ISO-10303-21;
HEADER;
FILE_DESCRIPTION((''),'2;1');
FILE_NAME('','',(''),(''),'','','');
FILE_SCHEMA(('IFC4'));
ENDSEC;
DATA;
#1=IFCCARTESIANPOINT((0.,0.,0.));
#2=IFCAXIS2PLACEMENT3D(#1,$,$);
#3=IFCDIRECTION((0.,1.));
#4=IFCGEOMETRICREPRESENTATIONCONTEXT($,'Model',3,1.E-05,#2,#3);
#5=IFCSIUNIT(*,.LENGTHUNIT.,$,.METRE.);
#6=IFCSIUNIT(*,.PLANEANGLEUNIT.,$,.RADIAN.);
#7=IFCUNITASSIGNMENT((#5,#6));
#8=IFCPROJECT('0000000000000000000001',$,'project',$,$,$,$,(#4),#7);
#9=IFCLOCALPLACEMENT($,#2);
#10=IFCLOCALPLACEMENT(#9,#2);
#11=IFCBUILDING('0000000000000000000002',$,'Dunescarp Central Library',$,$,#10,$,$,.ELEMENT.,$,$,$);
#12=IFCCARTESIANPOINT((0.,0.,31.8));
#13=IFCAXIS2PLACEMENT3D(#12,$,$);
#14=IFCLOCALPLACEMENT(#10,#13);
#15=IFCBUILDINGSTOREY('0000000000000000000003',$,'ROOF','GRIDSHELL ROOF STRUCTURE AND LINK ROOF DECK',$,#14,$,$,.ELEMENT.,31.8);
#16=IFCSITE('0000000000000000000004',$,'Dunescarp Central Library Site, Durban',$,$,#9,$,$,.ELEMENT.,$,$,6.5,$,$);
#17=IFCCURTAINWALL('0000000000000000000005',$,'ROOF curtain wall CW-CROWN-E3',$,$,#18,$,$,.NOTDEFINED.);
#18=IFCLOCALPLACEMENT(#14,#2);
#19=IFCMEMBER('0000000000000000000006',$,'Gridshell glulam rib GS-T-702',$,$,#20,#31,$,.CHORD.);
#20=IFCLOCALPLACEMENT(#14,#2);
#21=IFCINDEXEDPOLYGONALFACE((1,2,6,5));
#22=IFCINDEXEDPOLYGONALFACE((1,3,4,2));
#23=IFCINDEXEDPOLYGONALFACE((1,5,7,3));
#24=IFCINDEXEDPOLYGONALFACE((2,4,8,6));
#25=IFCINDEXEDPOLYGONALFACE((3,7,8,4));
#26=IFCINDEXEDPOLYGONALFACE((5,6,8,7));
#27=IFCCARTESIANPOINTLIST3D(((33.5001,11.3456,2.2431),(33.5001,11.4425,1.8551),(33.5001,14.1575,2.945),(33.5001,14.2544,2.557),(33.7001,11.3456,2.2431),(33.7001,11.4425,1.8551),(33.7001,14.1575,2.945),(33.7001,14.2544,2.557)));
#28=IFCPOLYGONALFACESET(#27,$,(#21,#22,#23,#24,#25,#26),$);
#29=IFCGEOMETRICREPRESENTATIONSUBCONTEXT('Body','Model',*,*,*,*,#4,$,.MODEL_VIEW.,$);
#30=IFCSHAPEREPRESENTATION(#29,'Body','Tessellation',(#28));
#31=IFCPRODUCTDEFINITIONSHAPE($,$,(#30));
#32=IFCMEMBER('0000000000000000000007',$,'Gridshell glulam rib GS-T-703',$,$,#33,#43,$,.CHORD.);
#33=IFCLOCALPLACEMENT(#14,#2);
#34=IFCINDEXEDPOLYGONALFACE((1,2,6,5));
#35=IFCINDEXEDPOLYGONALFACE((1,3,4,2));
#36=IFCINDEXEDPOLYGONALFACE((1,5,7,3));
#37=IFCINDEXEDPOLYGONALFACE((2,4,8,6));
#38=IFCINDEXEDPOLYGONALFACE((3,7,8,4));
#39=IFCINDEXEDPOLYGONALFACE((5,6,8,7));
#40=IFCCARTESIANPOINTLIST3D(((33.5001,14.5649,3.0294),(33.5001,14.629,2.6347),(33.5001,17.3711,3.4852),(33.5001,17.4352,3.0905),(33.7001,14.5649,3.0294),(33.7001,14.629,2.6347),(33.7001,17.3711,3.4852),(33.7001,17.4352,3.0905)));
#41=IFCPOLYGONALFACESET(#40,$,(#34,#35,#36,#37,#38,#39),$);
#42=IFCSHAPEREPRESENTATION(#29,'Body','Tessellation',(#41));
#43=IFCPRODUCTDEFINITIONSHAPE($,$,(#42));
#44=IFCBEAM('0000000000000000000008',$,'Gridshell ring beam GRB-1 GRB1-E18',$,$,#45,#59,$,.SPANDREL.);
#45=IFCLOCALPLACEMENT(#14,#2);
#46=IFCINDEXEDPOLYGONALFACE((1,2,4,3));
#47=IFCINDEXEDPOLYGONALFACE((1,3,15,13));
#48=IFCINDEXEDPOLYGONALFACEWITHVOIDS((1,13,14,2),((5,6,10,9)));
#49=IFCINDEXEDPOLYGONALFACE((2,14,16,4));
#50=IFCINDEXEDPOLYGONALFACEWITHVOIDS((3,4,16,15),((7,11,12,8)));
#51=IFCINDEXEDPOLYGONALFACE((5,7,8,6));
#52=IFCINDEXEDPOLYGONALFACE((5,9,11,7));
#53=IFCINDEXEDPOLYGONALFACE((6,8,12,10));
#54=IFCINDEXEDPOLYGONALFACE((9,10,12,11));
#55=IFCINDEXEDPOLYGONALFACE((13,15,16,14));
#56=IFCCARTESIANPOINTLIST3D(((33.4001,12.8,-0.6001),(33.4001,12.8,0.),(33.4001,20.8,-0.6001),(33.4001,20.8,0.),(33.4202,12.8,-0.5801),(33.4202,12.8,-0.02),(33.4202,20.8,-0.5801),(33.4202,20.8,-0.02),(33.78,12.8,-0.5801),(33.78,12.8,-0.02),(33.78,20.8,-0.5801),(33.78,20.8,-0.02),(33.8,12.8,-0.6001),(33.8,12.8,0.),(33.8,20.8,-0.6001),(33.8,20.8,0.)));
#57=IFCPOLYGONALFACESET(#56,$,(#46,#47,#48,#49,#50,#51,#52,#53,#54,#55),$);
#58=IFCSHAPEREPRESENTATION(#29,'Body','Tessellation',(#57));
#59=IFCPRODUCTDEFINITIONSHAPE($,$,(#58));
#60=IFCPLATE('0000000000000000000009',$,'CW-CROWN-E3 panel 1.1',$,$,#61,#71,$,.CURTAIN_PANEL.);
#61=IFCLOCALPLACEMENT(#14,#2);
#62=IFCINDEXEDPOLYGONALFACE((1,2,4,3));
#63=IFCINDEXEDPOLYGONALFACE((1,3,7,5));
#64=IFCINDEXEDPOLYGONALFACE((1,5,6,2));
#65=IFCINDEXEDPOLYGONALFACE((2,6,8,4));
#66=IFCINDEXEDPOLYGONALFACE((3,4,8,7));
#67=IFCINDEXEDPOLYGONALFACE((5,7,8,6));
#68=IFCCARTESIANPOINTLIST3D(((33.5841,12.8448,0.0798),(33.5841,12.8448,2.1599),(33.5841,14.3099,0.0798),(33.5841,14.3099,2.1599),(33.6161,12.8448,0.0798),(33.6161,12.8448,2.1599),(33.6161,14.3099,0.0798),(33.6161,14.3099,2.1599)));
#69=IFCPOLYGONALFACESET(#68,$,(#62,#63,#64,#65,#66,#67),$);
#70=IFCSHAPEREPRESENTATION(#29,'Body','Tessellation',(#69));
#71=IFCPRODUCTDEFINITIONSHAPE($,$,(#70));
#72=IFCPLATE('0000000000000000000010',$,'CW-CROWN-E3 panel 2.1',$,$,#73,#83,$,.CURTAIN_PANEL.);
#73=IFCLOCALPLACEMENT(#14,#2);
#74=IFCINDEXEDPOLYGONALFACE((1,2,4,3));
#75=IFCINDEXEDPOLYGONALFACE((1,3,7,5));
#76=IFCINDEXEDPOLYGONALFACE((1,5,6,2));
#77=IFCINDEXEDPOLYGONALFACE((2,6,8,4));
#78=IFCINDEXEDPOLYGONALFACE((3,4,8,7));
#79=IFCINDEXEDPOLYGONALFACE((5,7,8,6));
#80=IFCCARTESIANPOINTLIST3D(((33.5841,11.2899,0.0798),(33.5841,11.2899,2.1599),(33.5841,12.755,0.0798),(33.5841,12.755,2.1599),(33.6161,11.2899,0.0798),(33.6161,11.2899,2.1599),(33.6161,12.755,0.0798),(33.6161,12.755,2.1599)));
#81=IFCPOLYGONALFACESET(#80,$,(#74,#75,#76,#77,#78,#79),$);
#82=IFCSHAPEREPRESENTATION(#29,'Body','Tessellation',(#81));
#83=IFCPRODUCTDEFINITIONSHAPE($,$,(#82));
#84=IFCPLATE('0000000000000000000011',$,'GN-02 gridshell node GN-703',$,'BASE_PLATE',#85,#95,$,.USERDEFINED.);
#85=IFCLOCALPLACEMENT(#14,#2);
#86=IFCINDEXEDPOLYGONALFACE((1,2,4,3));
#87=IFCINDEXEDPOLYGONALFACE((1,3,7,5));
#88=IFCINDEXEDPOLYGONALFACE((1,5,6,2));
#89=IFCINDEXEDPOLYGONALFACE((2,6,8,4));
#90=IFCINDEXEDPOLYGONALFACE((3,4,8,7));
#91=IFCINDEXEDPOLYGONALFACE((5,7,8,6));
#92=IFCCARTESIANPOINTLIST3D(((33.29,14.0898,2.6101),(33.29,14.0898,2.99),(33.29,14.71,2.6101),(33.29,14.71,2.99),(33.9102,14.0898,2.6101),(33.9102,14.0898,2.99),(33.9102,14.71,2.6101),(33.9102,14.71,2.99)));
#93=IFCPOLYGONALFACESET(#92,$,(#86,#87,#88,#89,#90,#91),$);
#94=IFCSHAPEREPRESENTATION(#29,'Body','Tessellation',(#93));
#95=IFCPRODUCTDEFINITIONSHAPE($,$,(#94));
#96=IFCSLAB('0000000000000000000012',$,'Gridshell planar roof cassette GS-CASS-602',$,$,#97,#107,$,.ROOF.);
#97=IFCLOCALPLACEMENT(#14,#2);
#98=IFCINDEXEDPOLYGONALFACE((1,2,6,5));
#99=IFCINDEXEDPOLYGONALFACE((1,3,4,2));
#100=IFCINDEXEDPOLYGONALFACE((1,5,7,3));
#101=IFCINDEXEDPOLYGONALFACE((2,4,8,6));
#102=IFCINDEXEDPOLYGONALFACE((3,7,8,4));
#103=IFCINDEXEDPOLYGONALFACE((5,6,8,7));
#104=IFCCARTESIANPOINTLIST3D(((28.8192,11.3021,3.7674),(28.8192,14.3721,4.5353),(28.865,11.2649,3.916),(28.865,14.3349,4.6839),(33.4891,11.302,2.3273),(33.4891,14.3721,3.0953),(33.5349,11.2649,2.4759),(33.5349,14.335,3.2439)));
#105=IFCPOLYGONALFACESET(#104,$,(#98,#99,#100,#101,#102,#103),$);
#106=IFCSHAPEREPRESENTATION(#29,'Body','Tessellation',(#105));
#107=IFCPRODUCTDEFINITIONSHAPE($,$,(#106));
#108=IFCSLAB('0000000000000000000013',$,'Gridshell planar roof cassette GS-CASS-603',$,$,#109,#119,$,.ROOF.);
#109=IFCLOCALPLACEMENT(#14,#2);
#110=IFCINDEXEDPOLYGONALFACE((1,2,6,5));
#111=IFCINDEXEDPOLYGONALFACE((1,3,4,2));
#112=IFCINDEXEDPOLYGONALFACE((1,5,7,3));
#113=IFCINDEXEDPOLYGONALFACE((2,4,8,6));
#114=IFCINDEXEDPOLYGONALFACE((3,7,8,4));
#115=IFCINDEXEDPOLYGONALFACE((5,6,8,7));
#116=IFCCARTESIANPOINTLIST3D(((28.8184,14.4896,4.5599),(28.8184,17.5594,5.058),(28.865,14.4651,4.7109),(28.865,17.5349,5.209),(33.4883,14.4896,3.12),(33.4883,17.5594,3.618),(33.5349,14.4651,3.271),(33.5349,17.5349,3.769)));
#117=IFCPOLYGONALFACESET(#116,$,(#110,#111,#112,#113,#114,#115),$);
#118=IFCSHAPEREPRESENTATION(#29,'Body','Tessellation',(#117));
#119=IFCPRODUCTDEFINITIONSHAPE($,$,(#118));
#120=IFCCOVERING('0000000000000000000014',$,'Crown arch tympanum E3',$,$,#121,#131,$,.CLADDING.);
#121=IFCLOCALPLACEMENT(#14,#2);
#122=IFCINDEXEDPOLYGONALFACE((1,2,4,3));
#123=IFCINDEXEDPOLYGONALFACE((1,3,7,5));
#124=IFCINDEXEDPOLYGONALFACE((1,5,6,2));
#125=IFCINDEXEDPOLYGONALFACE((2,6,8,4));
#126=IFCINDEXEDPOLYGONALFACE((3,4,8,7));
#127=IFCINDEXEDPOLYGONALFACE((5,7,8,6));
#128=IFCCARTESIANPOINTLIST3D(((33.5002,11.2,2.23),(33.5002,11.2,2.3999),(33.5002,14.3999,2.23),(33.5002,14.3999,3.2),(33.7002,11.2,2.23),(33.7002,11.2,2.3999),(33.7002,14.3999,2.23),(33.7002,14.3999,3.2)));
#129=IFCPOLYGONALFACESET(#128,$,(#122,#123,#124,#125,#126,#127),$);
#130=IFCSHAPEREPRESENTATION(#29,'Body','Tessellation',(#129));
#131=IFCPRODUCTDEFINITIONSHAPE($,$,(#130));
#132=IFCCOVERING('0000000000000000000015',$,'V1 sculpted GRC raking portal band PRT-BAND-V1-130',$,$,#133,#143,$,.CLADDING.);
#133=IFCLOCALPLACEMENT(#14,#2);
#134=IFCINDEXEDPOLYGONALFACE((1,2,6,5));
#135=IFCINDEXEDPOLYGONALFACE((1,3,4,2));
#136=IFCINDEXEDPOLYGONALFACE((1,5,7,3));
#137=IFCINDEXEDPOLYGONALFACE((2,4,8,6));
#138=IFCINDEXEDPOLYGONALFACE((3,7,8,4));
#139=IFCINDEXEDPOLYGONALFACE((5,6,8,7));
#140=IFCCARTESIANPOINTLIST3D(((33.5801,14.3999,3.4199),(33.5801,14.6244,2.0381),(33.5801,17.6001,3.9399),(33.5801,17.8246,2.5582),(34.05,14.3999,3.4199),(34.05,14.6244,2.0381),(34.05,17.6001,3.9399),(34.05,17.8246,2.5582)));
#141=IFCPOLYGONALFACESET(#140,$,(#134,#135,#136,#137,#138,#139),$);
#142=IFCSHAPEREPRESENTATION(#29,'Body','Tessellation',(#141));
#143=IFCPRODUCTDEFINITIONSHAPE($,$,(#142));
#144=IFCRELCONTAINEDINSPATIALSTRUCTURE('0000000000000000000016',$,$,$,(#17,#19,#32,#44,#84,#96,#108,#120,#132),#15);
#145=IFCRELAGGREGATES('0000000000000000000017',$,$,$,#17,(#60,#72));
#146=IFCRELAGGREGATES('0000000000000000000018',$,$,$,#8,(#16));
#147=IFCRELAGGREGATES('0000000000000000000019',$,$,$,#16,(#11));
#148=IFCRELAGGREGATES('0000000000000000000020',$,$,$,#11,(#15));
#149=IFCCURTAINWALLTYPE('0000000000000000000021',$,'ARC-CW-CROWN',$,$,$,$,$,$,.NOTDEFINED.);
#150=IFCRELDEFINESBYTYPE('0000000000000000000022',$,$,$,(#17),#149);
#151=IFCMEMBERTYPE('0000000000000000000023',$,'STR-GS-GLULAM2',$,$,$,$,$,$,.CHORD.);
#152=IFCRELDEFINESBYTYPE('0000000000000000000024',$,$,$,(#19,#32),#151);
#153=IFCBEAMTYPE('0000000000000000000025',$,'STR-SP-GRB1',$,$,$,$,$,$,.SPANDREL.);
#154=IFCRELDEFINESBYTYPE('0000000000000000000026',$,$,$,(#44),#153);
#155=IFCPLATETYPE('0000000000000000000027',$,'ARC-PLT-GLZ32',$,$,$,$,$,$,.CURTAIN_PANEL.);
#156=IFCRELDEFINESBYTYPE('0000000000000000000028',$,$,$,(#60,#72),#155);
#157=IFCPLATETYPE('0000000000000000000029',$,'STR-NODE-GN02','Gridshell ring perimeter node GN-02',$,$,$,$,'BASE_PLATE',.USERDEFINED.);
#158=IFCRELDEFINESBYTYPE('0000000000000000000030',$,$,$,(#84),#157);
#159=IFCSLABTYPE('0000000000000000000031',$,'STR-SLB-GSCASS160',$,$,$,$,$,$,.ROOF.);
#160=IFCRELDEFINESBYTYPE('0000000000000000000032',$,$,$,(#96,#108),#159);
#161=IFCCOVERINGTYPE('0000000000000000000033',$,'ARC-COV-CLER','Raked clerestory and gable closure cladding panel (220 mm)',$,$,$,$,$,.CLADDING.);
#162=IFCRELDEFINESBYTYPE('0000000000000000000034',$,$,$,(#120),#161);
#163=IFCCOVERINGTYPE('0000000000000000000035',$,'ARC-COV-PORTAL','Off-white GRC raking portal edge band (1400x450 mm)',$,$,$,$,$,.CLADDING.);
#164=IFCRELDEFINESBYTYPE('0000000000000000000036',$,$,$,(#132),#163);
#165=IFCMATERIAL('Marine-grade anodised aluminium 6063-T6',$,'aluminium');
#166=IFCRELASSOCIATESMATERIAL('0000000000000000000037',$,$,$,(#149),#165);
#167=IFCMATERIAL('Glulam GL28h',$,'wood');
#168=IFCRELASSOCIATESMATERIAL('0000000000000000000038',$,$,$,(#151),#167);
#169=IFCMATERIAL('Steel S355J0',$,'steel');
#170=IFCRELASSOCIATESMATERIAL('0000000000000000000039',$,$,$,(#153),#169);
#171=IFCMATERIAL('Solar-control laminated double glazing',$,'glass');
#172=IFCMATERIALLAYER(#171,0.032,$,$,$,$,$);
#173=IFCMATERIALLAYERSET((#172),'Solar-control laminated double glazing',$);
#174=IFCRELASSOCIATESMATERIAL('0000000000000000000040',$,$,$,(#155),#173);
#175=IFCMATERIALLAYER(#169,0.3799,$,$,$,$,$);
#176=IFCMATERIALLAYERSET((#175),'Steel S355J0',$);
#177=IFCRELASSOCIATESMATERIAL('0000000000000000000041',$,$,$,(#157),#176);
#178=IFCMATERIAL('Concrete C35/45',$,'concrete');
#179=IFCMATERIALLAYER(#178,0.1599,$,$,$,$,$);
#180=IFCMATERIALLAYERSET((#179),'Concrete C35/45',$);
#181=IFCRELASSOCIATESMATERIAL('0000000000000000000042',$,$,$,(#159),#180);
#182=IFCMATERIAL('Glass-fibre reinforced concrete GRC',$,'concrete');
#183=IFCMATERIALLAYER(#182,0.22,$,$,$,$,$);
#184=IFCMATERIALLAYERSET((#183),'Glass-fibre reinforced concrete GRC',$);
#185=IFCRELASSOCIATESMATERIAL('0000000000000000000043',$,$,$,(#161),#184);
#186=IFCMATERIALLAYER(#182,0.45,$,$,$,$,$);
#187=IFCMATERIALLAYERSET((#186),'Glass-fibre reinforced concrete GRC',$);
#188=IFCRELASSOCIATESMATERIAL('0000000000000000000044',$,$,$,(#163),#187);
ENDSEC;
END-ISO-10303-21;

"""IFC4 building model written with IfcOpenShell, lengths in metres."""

from ifc_helpers import new_model, si_unit, direction, frame, origin, origin_2d, place, context, subcontext, project, spatial, polyline, rectangle, hollow_rectangle, outline, extrude, material, layer, layer_set, material_profile, profile_set, type_object, element, aggregate, save


model = new_model("IFC4")

# Units and contexts
model_context = context("Model", 3, precision=1e-05, world=origin(), true_north=direction((0.0, 1.0)))
body_context = subcontext(model_context, "Body", "Model", "MODEL_VIEW")
ifc_project = project(units=[si_unit("LENGTHUNIT", "METRE"), si_unit("PLANEANGLEUNIT", "RADIAN")], contexts=[model_context])

# Site, building, storey
site_placement = place(None, origin())
site = spatial("IfcSite", under=ifc_project, at=site_placement, Name="Dunescarp Central Library Site, Durban", CompositionType="ELEMENT", RefElevation=6.5)
building_placement = place(site_placement, origin())
building = spatial("IfcBuilding", under=site, at=building_placement, Name="Dunescarp Central Library", CompositionType="ELEMENT")
storey_placement = place(building_placement, frame((0.0, 0.0, 31.8)))
storey = spatial("IfcBuildingStorey", under=building, at=storey_placement, Name="ROOF", Description="GRIDSHELL ROOF STRUCTURE AND LINK ROOF DECK", CompositionType="ELEMENT", Elevation=31.8)

# Curtain wall
ifc_material_1 = material(Name="Marine-grade anodised aluminium 6063-T6", Category="aluminium")
curtain_wall_type = type_object("IfcCurtainWallType", Name="ARC-CW-CROWN", PredefinedType="NOTDEFINED", material=ifc_material_1)
curtain_wall_1_placement = place(storey_placement, origin())
curtain_wall_1 = element("IfcCurtainWall", 1, at=curtain_wall_1_placement, inside=storey, type_object=curtain_wall_type, Name="ROOF curtain wall CW-CROWN-E3", PredefinedType="NOTDEFINED")

# Members
ifc_material_2 = material(Name="Steel S355J0", Category="steel")
ifc_material_3 = material(Name="Glulam GL28h", Category="wood")
ifc_material_profile_1 = material_profile(ifc_material_3, rectangle(XDim=0.2, YDim=0.3999, at=origin_2d()), Name="GL28h 200x400")
ifc_profile_set_1 = profile_set([ifc_material_profile_1], Name="Glulam GL28h")
member_type_1 = type_object("IfcMemberType", Name="STR-GS-GLULAM2", PredefinedType="CHORD", material=ifc_profile_set_1)
member_1_placement = place(storey_placement, frame((33.6001, 11.394, 2.0491), z_axis=(0.0, 0.970232, 0.242179), x_axis=(-1.0, 0.0, 0.0)))
element("IfcMember", 2, at=member_1_placement, inside=storey, type_object=member_type_1, Name="Gridshell glulam rib GS-T-702", PredefinedType="CHORD", context=body_context, shape_type="SweptSolid", body=[
    extrude(rectangle(XDim=0.2, YDim=0.3999, at=origin_2d()), origin(), (0.0, 0.0, 1.0), 2.8982),
])
member_2_placement = place(storey_placement, frame((33.6001, 14.5969, 2.832), z_axis=(0.0, 0.987063, 0.160331), x_axis=(-1.0, 0.0, 0.0)))
element("IfcMember", 3, at=member_2_placement, inside=storey, type_object=member_type_1, Name="Gridshell glulam rib GS-T-703", PredefinedType="CHORD", context=body_context, shape_type="SweptSolid", body=[
    extrude(rectangle(XDim=0.2, YDim=0.3999, at=origin_2d()), origin(), (0.0, 0.0, 1.0), 2.843),
])

# Beam
ifc_material_profile_2 = material_profile(ifc_material_2, hollow_rectangle(XDim=0.3999, YDim=0.6001, WallThickness=0.02, at=origin_2d()), Name="RHS 600x400x20")
ifc_profile_set_2 = profile_set([ifc_material_profile_2], Name="Steel S355J0")
beam_type = type_object("IfcBeamType", Name="STR-SP-GRB1", PredefinedType="SPANDREL", material=ifc_profile_set_2)
beam_placement = place(storey_placement, frame((33.6001, 12.8, -0.3), z_axis=(0.0, 1.0, 0.0), x_axis=(-1.0, 0.0, 0.0)))
element("IfcBeam", 4, at=beam_placement, inside=storey, type_object=beam_type, Name="Gridshell ring beam GRB-1 GRB1-E18", PredefinedType="SPANDREL", context=body_context, shape_type="SweptSolid", body=[
    extrude(hollow_rectangle(XDim=0.3999, YDim=0.6001, WallThickness=0.02, at=origin_2d()), origin(), (0.0, 0.0, 1.0), 8.0),
])

# Plates
ifc_material_4 = material(Name="Solar-control laminated double glazing", Category="glass")
ifc_layer_1 = layer(ifc_material_4, 0.032)
ifc_layer_set_1 = layer_set([ifc_layer_1], Name="Solar-control laminated double glazing")
plate_type_1 = type_object("IfcPlateType", Name="ARC-PLT-GLZ32", PredefinedType="CURTAIN_PANEL", material=ifc_layer_set_1)
plate_1_placement = place(storey_placement, frame((33.6001, 13.5774, 0.0798), z_axis=(0.0, 0.0, 1.0), x_axis=(0.0, -1.0, 0.0)))
plate_1 = element("IfcPlate", 5, at=plate_1_placement, type_object=plate_type_1, Name="CW-CROWN-E3 panel 1.1", PredefinedType="CURTAIN_PANEL", context=body_context, shape_type="SweptSolid", body=[
    extrude(rectangle(XDim=1.4651, YDim=0.032, at=origin_2d()), origin(), (0.0, 0.0, 1.0), 2.0801),
])
plate_2_placement = place(storey_placement, frame((33.6001, 12.0225, 0.0798), z_axis=(0.0, 0.0, 1.0), x_axis=(0.0, -1.0, 0.0)))
plate_2 = element("IfcPlate", 6, at=plate_2_placement, type_object=plate_type_1, Name="CW-CROWN-E3 panel 2.1", PredefinedType="CURTAIN_PANEL", context=body_context, shape_type="SweptSolid", body=[
    extrude(rectangle(XDim=1.4651, YDim=0.032, at=origin_2d()), origin(), (0.0, 0.0, 1.0), 2.0801),
])
aggregate(curtain_wall_1, [plate_1, plate_2])
ifc_layer_2 = layer(ifc_material_2, 0.3799)
ifc_layer_set_2 = layer_set([ifc_layer_2], Name="Steel S355J0")
plate_type_2 = type_object("IfcPlateType", Name="STR-NODE-GN02", Description="Gridshell ring perimeter node GN-02", ElementType="BASE_PLATE", PredefinedType="USERDEFINED", material=ifc_layer_set_2)
plate_3_placement = place(storey_placement, frame((33.6001, 14.3999, 2.6101), z_axis=(0.0, 0.0, 1.0), x_axis=(1.0, 0.0, 0.0)))
element("IfcPlate", 7, at=plate_3_placement, inside=storey, type_object=plate_type_2, Name="GN-02 gridshell node GN-703", ObjectType="BASE_PLATE", PredefinedType="USERDEFINED", context=body_context, shape_type="SweptSolid", body=[
    extrude(rectangle(XDim=0.6201, YDim=0.6201, at=origin_2d()), origin(), (0.0, 0.0, 1.0), 0.3799),
])

# Slabs
ifc_material_5 = material(Name="Concrete C35/45", Category="concrete")
ifc_layer_3 = layer(ifc_material_5, 0.1599)
ifc_layer_set_3 = layer_set([ifc_layer_3], Name="Concrete C35/45")
slab_type = type_object("IfcSlabType", Name="STR-SLB-GSCASS160", PredefinedType="ROOF", material=ifc_layer_set_3)
slab_1_placement = place(storey_placement, frame((28.865, 11.2649, 3.916), z_axis=(0.286603, -0.232483, 0.929414), x_axis=(0.955596, -0.000005, -0.294679)))
element("IfcSlab", 8, at=slab_1_placement, inside=storey, type_object=slab_type, Name="Gridshell planar roof cassette GS-CASS-602", PredefinedType="ROOF", context=body_context, shape_type="SweptSolid", body=[
    extrude(outline(polyline([(0.0, 0.0), (4.887, 0.0), (4.6606, 3.1566), (-0.2263, 3.1565), (0.0, 0.0)])), origin(), (0.0, 0.0, -1.0), 0.1599),
])
slab_2_placement = place(storey_placement, frame((28.865, 14.4651, 4.7109), z_axis=(0.291176, -0.153206, 0.944322), x_axis=(0.955604, 0.0, -0.294655)))
element("IfcSlab", 9, at=slab_2_placement, inside=storey, type_object=slab_type, Name="Gridshell planar roof cassette GS-CASS-603", PredefinedType="ROOF", context=body_context, shape_type="SweptSolid", body=[
    extrude(outline(polyline([(0.0, 0.0), (4.8869, 0.0), (4.7401, 3.1065), (-0.1468, 3.1065), (0.0, 0.0)])), origin(), (0.0, 0.0, -1.0), 0.1599),
])

# Coverings
ifc_material_6 = material(Name="Glass-fibre reinforced concrete GRC", Category="concrete")
ifc_layer_4 = layer(ifc_material_6, 0.22)
ifc_layer_set_4 = layer_set([ifc_layer_4], Name="Glass-fibre reinforced concrete GRC")
covering_type_1 = type_object("IfcCoveringType", Name="ARC-COV-CLER", Description="Raked clerestory and gable closure cladding panel (220 mm)", PredefinedType="CLADDING", material=ifc_layer_set_4)
covering_1_placement = place(storey_placement, frame((33.6001, 14.3999, 2.23), z_axis=(0.0, 0.0, 1.0), x_axis=(0.0, -1.0, 0.0)))
element("IfcCovering", 10, at=covering_1_placement, inside=storey, type_object=covering_type_1, Name="Crown arch tympanum E3", PredefinedType="CLADDING", context=body_context, shape_type="SweptSolid", body=[
    extrude(outline(polyline([(0.0, 0.0), (3.2, 0.0), (3.2, 0.1699), (0.0, 0.97), (0.0, 0.0)])), frame((0.0, 0.1001, 0.0), z_axis=(0.0, -1.0, 0.0), x_axis=(1.0, 0.0, 0.0)), (0.0, 0.0, 1.0), 0.2),
])
ifc_layer_5 = layer(ifc_material_6, 0.45)
ifc_layer_set_5 = layer_set([ifc_layer_5], Name="Glass-fibre reinforced concrete GRC")
covering_type_2 = type_object("IfcCoveringType", Name="ARC-COV-PORTAL", Description="Off-white GRC raking portal edge band (1400x450 mm)", PredefinedType="CLADDING", material=ifc_layer_set_5)
covering_2_placement = place(storey_placement, frame((33.5801, 14.3999, 3.4199), z_axis=(0.0, -0.160392, 0.987053), x_axis=(1.0, 0.0, 0.0)))
element("IfcCovering", 11, at=covering_2_placement, inside=storey, type_object=covering_type_2, Name="V1 sculpted GRC raking portal band PRT-BAND-V1-130", PredefinedType="CLADDING", context=body_context, shape_type="SweptSolid", body=[
    extrude(outline(polyline([(0.0, 0.0), (0.47, 0.0), (0.47, 3.2422), (0.0, 3.2422), (0.0, 0.0)])), origin(), (0.0, 0.0, -1.0), 1.3999),
])

save(model, "model.ifc")
